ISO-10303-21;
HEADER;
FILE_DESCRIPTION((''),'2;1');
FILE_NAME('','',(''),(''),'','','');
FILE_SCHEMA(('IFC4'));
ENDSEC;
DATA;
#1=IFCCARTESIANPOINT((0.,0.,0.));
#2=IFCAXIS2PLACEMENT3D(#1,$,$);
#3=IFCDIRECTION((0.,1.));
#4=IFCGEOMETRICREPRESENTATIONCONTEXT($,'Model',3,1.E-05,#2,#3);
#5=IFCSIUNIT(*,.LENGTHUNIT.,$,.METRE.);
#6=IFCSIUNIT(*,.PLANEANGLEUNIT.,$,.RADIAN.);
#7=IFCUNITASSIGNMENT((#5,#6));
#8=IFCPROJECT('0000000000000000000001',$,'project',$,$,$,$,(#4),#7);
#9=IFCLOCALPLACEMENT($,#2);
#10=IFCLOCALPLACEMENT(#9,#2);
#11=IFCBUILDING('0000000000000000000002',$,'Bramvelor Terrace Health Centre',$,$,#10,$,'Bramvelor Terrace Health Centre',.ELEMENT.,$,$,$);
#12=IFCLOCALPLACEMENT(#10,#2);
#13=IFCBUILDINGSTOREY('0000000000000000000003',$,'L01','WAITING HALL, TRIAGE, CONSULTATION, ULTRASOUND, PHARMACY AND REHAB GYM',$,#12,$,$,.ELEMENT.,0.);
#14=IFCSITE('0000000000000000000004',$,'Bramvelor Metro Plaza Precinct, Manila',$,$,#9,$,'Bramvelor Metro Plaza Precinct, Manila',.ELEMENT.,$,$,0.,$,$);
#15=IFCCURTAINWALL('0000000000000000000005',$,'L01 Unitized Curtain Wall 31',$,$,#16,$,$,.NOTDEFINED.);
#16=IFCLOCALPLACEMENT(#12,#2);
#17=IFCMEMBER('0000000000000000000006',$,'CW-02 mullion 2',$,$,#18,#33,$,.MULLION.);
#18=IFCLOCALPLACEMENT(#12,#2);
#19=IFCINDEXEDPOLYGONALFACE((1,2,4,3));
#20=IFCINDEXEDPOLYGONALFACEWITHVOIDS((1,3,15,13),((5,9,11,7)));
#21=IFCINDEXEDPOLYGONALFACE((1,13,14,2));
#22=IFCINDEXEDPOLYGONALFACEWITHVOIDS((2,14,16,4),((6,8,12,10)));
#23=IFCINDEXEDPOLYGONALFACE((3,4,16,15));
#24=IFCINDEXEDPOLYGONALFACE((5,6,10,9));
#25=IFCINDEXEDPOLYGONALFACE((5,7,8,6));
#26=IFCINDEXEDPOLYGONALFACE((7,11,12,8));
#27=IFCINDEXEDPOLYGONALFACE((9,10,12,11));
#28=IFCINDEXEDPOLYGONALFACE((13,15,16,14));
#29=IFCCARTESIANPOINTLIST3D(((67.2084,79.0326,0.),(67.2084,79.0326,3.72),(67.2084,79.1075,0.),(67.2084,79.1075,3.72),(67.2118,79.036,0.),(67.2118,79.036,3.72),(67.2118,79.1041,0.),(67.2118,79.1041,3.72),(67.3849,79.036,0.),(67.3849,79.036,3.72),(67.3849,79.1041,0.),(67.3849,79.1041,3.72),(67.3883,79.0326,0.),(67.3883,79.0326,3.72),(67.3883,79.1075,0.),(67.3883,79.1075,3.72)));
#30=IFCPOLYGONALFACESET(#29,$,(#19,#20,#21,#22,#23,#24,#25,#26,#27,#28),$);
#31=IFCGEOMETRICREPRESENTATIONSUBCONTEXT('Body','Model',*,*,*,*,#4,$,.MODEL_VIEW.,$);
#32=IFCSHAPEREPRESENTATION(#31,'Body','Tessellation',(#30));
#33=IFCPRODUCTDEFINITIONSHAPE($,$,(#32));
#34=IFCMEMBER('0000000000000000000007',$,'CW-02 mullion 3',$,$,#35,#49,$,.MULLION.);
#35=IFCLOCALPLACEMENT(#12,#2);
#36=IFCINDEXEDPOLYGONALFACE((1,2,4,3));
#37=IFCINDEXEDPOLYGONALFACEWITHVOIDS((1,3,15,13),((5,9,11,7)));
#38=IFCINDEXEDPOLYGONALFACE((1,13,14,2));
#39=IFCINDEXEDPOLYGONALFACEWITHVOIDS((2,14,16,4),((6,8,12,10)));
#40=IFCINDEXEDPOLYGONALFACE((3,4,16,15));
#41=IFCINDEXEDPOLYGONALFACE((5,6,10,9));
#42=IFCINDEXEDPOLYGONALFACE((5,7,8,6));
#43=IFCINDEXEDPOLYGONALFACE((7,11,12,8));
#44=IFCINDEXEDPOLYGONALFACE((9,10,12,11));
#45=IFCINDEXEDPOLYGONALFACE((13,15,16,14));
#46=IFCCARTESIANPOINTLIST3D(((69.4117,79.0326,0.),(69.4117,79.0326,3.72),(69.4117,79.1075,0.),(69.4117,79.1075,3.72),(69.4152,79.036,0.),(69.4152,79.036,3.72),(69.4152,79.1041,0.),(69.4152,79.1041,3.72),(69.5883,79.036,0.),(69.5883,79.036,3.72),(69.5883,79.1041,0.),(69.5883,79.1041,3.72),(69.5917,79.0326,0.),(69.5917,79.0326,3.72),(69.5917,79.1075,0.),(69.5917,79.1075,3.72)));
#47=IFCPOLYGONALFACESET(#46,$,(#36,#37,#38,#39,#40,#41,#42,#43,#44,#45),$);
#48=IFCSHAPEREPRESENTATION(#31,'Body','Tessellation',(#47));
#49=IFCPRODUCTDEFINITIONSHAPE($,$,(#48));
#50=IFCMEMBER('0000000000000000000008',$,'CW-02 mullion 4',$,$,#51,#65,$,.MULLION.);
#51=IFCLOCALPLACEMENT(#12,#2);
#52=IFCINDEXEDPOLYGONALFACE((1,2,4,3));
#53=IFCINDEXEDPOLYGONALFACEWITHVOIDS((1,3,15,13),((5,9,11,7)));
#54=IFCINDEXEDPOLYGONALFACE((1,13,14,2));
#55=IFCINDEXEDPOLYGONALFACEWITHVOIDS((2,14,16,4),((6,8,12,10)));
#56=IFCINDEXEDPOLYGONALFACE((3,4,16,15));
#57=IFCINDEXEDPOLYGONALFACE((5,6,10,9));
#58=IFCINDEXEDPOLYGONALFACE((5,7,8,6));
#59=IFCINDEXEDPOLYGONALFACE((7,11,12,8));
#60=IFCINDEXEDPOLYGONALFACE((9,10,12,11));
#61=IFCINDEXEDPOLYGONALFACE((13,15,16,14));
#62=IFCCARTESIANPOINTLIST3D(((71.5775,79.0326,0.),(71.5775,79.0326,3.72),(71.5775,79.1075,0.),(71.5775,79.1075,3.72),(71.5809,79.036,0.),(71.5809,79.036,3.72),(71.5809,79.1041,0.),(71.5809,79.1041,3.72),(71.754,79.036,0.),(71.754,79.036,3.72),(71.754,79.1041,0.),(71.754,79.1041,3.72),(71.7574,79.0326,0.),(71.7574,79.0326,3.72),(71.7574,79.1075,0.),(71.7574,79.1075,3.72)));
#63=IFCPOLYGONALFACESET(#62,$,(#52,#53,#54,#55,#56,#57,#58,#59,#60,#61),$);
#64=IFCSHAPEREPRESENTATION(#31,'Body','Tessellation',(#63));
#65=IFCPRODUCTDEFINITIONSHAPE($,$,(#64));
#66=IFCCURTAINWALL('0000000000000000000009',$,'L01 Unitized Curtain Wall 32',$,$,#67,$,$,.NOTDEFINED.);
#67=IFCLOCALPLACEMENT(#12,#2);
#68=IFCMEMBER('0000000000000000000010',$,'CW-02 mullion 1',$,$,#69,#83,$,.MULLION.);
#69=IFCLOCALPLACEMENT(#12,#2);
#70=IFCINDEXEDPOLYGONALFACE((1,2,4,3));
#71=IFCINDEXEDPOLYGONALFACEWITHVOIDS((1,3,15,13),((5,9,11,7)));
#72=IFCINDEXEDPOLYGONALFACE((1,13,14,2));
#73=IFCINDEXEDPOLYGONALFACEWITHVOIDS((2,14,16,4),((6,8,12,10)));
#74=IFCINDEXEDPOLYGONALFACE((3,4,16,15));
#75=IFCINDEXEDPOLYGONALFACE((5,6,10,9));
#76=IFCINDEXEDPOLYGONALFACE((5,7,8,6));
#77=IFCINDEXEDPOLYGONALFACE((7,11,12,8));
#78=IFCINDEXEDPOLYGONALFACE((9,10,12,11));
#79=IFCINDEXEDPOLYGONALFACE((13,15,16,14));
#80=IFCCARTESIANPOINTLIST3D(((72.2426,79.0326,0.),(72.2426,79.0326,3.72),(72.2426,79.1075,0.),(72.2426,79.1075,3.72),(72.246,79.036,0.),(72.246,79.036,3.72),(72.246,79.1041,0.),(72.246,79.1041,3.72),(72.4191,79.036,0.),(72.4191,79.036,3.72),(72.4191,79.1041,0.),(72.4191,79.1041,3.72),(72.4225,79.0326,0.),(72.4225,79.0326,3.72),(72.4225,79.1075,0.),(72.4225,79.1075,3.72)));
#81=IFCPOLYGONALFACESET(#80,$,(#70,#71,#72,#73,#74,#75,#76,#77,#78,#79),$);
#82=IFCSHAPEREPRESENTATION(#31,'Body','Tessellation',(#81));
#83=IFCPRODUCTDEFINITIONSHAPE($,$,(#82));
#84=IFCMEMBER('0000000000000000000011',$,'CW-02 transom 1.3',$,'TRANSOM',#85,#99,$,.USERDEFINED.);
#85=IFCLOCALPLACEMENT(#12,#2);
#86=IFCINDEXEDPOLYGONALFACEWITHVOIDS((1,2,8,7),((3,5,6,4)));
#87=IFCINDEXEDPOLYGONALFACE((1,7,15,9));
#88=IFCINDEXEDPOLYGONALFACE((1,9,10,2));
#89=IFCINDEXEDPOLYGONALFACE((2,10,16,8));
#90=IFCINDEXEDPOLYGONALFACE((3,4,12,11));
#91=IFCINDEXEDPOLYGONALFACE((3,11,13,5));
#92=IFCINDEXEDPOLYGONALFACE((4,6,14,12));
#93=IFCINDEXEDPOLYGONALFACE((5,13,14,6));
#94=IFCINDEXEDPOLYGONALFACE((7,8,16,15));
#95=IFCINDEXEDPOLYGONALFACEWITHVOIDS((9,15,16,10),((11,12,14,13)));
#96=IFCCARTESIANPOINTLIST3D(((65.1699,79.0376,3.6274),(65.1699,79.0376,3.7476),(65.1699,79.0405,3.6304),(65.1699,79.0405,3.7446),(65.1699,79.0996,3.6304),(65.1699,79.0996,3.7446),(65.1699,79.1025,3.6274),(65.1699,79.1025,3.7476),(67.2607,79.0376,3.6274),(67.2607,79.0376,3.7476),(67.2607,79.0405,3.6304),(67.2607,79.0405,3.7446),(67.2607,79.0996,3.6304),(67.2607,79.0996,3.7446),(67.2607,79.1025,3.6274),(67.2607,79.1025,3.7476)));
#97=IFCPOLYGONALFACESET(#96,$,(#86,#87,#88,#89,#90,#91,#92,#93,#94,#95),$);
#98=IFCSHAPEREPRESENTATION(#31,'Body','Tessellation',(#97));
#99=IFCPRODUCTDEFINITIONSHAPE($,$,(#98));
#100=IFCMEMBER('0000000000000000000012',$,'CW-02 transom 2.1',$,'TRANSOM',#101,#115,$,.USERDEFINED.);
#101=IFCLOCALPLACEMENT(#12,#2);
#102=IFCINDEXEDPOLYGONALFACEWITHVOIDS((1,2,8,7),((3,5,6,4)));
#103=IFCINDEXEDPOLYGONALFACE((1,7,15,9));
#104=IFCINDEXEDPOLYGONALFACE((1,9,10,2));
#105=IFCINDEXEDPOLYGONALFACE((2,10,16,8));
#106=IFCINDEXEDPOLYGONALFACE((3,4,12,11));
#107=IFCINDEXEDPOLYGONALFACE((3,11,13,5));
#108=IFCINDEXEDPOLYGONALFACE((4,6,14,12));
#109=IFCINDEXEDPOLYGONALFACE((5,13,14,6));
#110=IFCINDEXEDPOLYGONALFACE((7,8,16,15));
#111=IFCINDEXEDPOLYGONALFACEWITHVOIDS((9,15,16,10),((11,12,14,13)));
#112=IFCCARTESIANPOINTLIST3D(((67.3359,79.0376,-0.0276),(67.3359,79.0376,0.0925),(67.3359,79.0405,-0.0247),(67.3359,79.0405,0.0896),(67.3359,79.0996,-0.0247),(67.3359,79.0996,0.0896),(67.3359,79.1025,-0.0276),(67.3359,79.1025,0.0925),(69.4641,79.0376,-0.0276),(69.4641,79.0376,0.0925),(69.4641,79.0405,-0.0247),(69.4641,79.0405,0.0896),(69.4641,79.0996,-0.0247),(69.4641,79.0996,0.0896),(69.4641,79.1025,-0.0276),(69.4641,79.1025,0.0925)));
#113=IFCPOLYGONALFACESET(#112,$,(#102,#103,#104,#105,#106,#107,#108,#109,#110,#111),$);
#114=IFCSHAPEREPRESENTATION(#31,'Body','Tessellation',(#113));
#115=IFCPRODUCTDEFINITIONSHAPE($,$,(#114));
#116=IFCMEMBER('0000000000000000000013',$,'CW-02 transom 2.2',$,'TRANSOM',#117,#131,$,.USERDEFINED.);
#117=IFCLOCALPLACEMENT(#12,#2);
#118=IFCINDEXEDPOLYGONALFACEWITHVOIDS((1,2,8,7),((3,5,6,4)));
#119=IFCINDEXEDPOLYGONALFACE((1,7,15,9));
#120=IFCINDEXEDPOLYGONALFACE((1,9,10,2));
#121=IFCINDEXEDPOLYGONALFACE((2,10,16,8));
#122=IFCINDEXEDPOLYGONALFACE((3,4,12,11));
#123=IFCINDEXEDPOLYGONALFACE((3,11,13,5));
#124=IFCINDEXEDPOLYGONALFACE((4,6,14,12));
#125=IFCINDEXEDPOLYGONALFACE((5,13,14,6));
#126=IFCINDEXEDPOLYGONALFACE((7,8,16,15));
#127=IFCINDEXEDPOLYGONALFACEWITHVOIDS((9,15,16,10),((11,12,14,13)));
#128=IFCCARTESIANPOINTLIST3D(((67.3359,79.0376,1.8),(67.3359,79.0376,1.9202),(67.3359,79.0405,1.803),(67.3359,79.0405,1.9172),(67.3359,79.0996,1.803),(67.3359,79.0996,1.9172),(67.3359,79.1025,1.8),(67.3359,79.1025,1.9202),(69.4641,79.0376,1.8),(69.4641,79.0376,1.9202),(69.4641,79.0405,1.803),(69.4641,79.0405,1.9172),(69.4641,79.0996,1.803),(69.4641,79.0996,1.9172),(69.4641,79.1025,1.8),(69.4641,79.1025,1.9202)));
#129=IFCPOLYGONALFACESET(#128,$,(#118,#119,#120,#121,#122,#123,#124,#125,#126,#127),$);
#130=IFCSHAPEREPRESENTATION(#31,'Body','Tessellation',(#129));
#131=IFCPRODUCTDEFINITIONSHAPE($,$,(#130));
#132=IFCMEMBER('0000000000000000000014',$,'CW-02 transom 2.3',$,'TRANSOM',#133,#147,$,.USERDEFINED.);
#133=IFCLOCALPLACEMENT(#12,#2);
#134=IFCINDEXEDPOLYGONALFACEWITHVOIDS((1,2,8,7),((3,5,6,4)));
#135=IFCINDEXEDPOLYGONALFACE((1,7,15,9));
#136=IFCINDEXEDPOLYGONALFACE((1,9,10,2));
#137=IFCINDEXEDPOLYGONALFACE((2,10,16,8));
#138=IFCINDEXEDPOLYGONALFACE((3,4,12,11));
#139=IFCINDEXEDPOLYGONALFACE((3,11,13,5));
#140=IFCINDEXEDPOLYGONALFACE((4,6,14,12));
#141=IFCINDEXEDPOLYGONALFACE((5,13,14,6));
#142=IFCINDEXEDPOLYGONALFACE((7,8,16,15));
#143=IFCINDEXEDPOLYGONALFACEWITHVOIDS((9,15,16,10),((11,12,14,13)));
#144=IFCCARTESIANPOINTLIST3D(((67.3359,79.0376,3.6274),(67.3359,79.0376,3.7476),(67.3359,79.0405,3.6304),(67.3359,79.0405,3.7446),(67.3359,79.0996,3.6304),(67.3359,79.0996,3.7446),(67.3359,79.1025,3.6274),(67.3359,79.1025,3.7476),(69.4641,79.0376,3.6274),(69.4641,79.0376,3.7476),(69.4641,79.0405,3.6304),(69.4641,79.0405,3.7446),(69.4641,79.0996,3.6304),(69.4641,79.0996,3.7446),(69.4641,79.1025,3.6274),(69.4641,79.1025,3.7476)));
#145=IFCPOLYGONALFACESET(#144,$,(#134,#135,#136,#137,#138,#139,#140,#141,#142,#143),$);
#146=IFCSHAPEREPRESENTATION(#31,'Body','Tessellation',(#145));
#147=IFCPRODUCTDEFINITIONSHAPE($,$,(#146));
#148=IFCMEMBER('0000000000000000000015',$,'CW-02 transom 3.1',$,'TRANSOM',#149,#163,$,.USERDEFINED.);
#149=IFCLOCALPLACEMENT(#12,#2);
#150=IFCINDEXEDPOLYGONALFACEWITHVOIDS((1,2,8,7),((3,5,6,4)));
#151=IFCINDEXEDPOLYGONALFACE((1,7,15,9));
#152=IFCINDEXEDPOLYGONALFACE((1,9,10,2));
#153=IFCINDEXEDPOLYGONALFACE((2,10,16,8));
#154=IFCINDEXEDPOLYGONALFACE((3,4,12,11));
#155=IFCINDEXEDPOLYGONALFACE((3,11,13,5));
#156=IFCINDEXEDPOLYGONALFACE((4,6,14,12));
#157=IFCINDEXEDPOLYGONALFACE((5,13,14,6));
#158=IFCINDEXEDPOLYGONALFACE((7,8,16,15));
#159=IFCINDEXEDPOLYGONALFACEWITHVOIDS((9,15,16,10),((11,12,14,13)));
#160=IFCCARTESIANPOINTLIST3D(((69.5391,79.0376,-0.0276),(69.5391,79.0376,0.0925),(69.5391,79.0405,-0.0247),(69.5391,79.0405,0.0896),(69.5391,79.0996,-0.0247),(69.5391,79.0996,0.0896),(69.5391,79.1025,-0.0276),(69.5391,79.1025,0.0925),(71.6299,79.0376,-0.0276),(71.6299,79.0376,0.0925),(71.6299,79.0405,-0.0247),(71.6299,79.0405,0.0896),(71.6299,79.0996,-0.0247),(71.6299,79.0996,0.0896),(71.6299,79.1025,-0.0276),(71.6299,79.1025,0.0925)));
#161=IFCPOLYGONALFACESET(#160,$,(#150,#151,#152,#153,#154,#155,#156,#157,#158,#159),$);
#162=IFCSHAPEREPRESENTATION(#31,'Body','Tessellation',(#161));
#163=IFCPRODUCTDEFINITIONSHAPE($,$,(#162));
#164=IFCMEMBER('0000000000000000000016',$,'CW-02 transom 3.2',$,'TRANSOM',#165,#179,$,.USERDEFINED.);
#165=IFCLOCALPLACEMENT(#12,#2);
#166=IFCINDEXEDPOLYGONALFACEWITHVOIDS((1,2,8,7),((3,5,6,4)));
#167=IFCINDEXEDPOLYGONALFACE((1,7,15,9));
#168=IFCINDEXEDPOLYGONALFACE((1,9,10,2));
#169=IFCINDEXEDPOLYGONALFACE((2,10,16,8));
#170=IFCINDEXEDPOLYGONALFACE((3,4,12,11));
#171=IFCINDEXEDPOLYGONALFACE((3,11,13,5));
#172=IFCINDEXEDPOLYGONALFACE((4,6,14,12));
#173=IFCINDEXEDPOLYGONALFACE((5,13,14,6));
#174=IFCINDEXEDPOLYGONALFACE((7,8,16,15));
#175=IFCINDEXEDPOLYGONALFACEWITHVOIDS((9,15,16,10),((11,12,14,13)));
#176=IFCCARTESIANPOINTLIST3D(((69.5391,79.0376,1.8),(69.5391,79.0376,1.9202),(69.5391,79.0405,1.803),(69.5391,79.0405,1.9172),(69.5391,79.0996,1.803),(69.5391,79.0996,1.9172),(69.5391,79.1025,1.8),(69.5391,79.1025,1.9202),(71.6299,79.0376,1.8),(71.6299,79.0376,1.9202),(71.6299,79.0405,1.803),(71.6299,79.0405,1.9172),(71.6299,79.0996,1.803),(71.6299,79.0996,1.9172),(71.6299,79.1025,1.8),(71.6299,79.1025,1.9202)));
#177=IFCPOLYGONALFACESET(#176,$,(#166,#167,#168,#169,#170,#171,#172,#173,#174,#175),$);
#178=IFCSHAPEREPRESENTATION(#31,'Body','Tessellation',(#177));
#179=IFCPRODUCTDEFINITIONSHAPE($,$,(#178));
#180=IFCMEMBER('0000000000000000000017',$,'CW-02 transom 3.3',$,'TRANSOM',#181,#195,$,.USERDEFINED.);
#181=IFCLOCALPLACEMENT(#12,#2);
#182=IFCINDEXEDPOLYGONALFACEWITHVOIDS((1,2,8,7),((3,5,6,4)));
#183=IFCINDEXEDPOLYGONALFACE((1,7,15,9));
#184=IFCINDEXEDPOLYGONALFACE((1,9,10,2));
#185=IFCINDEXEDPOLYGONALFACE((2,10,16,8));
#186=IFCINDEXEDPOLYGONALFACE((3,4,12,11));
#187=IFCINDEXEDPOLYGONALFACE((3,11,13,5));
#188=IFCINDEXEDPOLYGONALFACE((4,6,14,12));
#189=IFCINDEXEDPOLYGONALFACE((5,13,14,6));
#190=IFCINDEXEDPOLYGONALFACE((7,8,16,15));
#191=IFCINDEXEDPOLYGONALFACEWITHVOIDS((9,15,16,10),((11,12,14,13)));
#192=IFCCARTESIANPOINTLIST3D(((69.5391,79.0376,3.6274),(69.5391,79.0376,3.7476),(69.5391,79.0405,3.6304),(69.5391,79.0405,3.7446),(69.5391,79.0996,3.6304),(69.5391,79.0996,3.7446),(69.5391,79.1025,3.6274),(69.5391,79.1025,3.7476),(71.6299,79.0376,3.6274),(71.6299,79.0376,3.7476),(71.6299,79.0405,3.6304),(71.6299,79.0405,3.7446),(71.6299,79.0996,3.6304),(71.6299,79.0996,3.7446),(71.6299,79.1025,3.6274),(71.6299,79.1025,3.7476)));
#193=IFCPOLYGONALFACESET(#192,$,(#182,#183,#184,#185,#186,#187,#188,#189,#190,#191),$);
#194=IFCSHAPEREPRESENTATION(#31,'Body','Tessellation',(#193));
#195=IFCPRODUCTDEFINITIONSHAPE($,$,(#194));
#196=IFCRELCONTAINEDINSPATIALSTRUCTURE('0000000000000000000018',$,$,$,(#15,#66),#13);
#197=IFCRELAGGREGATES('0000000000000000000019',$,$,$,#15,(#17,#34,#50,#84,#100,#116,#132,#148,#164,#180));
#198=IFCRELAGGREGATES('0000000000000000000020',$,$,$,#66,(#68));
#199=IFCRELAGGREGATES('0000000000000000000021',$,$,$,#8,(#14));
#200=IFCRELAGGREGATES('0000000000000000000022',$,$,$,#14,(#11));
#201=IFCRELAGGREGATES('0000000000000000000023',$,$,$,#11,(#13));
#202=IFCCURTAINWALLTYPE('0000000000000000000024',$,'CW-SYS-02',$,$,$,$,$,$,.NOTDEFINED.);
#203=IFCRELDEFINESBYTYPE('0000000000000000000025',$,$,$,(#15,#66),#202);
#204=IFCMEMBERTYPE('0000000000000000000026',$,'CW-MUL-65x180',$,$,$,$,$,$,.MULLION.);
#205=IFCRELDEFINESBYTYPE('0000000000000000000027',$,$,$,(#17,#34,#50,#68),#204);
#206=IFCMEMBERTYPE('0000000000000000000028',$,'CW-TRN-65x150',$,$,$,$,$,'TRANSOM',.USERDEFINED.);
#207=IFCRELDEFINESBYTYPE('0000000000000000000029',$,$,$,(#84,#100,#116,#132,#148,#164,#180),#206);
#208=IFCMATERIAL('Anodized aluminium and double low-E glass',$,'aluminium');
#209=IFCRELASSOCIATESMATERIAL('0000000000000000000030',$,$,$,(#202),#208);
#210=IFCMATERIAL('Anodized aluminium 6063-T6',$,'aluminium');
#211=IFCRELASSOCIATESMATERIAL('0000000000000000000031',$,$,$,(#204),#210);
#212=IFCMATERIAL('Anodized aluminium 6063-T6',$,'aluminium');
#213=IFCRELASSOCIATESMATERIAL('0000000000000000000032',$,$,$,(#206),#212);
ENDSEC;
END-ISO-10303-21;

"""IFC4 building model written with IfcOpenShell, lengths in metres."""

from ifc_helpers import new_model, si_unit, direction, frame, origin, origin_2d, place, context, subcontext, project, spatial, hollow_rectangle, extrude, material, material_profile, profile_set, type_object, element, aggregate, save


model = new_model("IFC4")

# Units and contexts
model_context = context("Model", 3, precision=1e-05, world=origin(), true_north=direction((0.0, 1.0)))
body_context = subcontext(model_context, "Body", "Model", "MODEL_VIEW")
ifc_project = project(units=[si_unit("LENGTHUNIT", "METRE"), si_unit("PLANEANGLEUNIT", "RADIAN")], contexts=[model_context])

# Site, building, storey
site_placement = place(None, origin())
site = spatial("IfcSite", under=ifc_project, at=site_placement, Name="Bramvelor Metro Plaza Precinct, Manila", LongName="Bramvelor Metro Plaza Precinct, Manila", CompositionType="ELEMENT", RefElevation=0.0)
building_placement = place(site_placement, origin())
building = spatial("IfcBuilding", under=site, at=building_placement, Name="Bramvelor Terrace Health Centre", LongName="Bramvelor Terrace Health Centre", CompositionType="ELEMENT")
storey_placement = place(building_placement, origin())
storey = spatial("IfcBuildingStorey", under=building, at=storey_placement, Name="L01", Description="WAITING HALL, TRIAGE, CONSULTATION, ULTRASOUND, PHARMACY AND REHAB GYM", CompositionType="ELEMENT", Elevation=0.0)

# Curtain wall, members
ifc_material_1 = material(Name="Anodized aluminium and double low-E glass", Category="aluminium")
curtain_wall_type = type_object("IfcCurtainWallType", Name="CW-SYS-02", PredefinedType="NOTDEFINED", material=ifc_material_1)
curtain_wall_1_placement = place(storey_placement, origin())
curtain_wall_1 = element("IfcCurtainWall", 1, at=curtain_wall_1_placement, inside=storey, type_object=curtain_wall_type, Name="L01 Unitized Curtain Wall 31", PredefinedType="NOTDEFINED")
ifc_material_2 = material(Name="Anodized aluminium 6063-T6", Category="aluminium")
ifc_material_profile_1 = material_profile(ifc_material_2, hollow_rectangle(XDim=0.075, YDim=0.1799, WallThickness=0.0034, at=origin_2d()), Name="ALU-MUL 75x180x3.5")
ifc_profile_set_1 = profile_set([ifc_material_profile_1], Name="Anodized aluminium 6063-T6")
member_type_1 = type_object("IfcMemberType", Name="CW-MUL-65x180", PredefinedType="MULLION", material=ifc_profile_set_1)
member_1_placement = place(storey_placement, frame((67.2983, 79.0701, 0.0), z_axis=(0.0, 0.0, 1.0), x_axis=(0.0, 1.0, 0.0)))
member_1 = element("IfcMember", 2, at=member_1_placement, type_object=member_type_1, Name="CW-02 mullion 2", PredefinedType="MULLION", context=body_context, shape_type="SweptSolid", body=[
    extrude(hollow_rectangle(XDim=0.075, YDim=0.1799, WallThickness=0.0034, at=origin_2d()), origin(), (0.0, 0.0, 1.0), 3.72),
])
member_2_placement = place(storey_placement, frame((69.5017, 79.0701, 0.0), z_axis=(0.0, 0.0, 1.0), x_axis=(0.0, 1.0, 0.0)))
member_2 = element("IfcMember", 3, at=member_2_placement, type_object=member_type_1, Name="CW-02 mullion 3", PredefinedType="MULLION", context=body_context, shape_type="SweptSolid", body=[
    extrude(hollow_rectangle(XDim=0.075, YDim=0.1799, WallThickness=0.0034, at=origin_2d()), origin(), (0.0, 0.0, 1.0), 3.72),
])
member_3_placement = place(storey_placement, frame((71.6675, 79.0701, 0.0), z_axis=(0.0, 0.0, 1.0), x_axis=(0.0, 1.0, 0.0)))
member_3 = element("IfcMember", 4, at=member_3_placement, type_object=member_type_1, Name="CW-02 mullion 4", PredefinedType="MULLION", context=body_context, shape_type="SweptSolid", body=[
    extrude(hollow_rectangle(XDim=0.075, YDim=0.1799, WallThickness=0.0034, at=origin_2d()), origin(), (0.0, 0.0, 1.0), 3.72),
])

# Curtain wall, member
curtain_wall_2_placement = place(storey_placement, origin())
curtain_wall_2 = element("IfcCurtainWall", 5, at=curtain_wall_2_placement, inside=storey, type_object=curtain_wall_type, Name="L01 Unitized Curtain Wall 32", PredefinedType="NOTDEFINED")
member_4_placement = place(storey_placement, frame((72.3325, 79.0701, 0.0), z_axis=(0.0, 0.0, 1.0), x_axis=(0.0, 1.0, 0.0)))
member_4 = element("IfcMember", 6, at=member_4_placement, type_object=member_type_1, Name="CW-02 mullion 1", PredefinedType="MULLION", context=body_context, shape_type="SweptSolid", body=[
    extrude(hollow_rectangle(XDim=0.075, YDim=0.1799, WallThickness=0.0034, at=origin_2d()), origin(), (0.0, 0.0, 1.0), 3.72),
])

# Members
ifc_material_3 = material(Name="Anodized aluminium 6063-T6", Category="aluminium")
ifc_material_profile_2 = material_profile(ifc_material_3, hollow_rectangle(XDim=0.0649, YDim=0.1201, WallThickness=0.0029, at=origin_2d()), Name="ALU-TRN 65x120x3.0")
ifc_profile_set_2 = profile_set([ifc_material_profile_2], Name="Anodized aluminium 6063-T6")
member_type_2 = type_object("IfcMemberType", Name="CW-TRN-65x150", ElementType="TRANSOM", PredefinedType="USERDEFINED", material=ifc_profile_set_2)
member_5_placement = place(storey_placement, frame((65.1699, 79.0701, 3.6875), z_axis=(1.0, 0.0, 0.0), x_axis=(0.0, 1.0, 0.0)))
member_5 = element("IfcMember", 7, at=member_5_placement, type_object=member_type_2, Name="CW-02 transom 1.3", ObjectType="TRANSOM", PredefinedType="USERDEFINED", context=body_context, shape_type="SweptSolid", body=[
    extrude(hollow_rectangle(XDim=0.0649, YDim=0.1201, WallThickness=0.0029, at=origin_2d()), origin(), (0.0, 0.0, 1.0), 2.0908),
])
member_6_placement = place(storey_placement, frame((67.3359, 79.0701, 0.0325), z_axis=(1.0, 0.0, 0.0), x_axis=(0.0, 1.0, 0.0)))
member_6 = element("IfcMember", 8, at=member_6_placement, type_object=member_type_2, Name="CW-02 transom 2.1", ObjectType="TRANSOM", PredefinedType="USERDEFINED", context=body_context, shape_type="SweptSolid", body=[
    extrude(hollow_rectangle(XDim=0.0649, YDim=0.1201, WallThickness=0.0029, at=origin_2d()), origin(), (0.0, 0.0, 1.0), 2.1282),
])
member_7_placement = place(storey_placement, frame((67.3359, 79.0701, 1.8601), z_axis=(1.0, 0.0, 0.0), x_axis=(0.0, 1.0, 0.0)))
member_7 = element("IfcMember", 9, at=member_7_placement, type_object=member_type_2, Name="CW-02 transom 2.2", ObjectType="TRANSOM", PredefinedType="USERDEFINED", context=body_context, shape_type="SweptSolid", body=[
    extrude(hollow_rectangle(XDim=0.0649, YDim=0.1201, WallThickness=0.0029, at=origin_2d()), origin(), (0.0, 0.0, 1.0), 2.1282),
])
member_8_placement = place(storey_placement, frame((67.3359, 79.0701, 3.6875), z_axis=(1.0, 0.0, 0.0), x_axis=(0.0, 1.0, 0.0)))
member_8 = element("IfcMember", 10, at=member_8_placement, type_object=member_type_2, Name="CW-02 transom 2.3", ObjectType="TRANSOM", PredefinedType="USERDEFINED", context=body_context, shape_type="SweptSolid", body=[
    extrude(hollow_rectangle(XDim=0.0649, YDim=0.1201, WallThickness=0.0029, at=origin_2d()), origin(), (0.0, 0.0, 1.0), 2.1282),
])
member_9_placement = place(storey_placement, frame((69.5391, 79.0701, 0.0325), z_axis=(1.0, 0.0, 0.0), x_axis=(0.0, 1.0, 0.0)))
member_9 = element("IfcMember", 11, at=member_9_placement, type_object=member_type_2, Name="CW-02 transom 3.1", ObjectType="TRANSOM", PredefinedType="USERDEFINED", context=body_context, shape_type="SweptSolid", body=[
    extrude(hollow_rectangle(XDim=0.0649, YDim=0.1201, WallThickness=0.0029, at=origin_2d()), origin(), (0.0, 0.0, 1.0), 2.0908),
])
member_10_placement = place(storey_placement, frame((69.5391, 79.0701, 1.8601), z_axis=(1.0, 0.0, 0.0), x_axis=(0.0, 1.0, 0.0)))
member_10 = element("IfcMember", 12, at=member_10_placement, type_object=member_type_2, Name="CW-02 transom 3.2", ObjectType="TRANSOM", PredefinedType="USERDEFINED", context=body_context, shape_type="SweptSolid", body=[
    extrude(hollow_rectangle(XDim=0.0649, YDim=0.1201, WallThickness=0.0029, at=origin_2d()), origin(), (0.0, 0.0, 1.0), 2.0908),
])
member_11_placement = place(storey_placement, frame((69.5391, 79.0701, 3.6875), z_axis=(1.0, 0.0, 0.0), x_axis=(0.0, 1.0, 0.0)))
member_11 = element("IfcMember", 13, at=member_11_placement, type_object=member_type_2, Name="CW-02 transom 3.3", ObjectType="TRANSOM", PredefinedType="USERDEFINED", context=body_context, shape_type="SweptSolid", body=[
    extrude(hollow_rectangle(XDim=0.0649, YDim=0.1201, WallThickness=0.0029, at=origin_2d()), origin(), (0.0, 0.0, 1.0), 2.0908),
])

aggregate(curtain_wall_1, [member_1, member_2, member_3, member_5, member_6, member_7, member_8, member_9, member_10, member_11])
aggregate(curtain_wall_2, [member_4])

save(model, "model.ifc")
